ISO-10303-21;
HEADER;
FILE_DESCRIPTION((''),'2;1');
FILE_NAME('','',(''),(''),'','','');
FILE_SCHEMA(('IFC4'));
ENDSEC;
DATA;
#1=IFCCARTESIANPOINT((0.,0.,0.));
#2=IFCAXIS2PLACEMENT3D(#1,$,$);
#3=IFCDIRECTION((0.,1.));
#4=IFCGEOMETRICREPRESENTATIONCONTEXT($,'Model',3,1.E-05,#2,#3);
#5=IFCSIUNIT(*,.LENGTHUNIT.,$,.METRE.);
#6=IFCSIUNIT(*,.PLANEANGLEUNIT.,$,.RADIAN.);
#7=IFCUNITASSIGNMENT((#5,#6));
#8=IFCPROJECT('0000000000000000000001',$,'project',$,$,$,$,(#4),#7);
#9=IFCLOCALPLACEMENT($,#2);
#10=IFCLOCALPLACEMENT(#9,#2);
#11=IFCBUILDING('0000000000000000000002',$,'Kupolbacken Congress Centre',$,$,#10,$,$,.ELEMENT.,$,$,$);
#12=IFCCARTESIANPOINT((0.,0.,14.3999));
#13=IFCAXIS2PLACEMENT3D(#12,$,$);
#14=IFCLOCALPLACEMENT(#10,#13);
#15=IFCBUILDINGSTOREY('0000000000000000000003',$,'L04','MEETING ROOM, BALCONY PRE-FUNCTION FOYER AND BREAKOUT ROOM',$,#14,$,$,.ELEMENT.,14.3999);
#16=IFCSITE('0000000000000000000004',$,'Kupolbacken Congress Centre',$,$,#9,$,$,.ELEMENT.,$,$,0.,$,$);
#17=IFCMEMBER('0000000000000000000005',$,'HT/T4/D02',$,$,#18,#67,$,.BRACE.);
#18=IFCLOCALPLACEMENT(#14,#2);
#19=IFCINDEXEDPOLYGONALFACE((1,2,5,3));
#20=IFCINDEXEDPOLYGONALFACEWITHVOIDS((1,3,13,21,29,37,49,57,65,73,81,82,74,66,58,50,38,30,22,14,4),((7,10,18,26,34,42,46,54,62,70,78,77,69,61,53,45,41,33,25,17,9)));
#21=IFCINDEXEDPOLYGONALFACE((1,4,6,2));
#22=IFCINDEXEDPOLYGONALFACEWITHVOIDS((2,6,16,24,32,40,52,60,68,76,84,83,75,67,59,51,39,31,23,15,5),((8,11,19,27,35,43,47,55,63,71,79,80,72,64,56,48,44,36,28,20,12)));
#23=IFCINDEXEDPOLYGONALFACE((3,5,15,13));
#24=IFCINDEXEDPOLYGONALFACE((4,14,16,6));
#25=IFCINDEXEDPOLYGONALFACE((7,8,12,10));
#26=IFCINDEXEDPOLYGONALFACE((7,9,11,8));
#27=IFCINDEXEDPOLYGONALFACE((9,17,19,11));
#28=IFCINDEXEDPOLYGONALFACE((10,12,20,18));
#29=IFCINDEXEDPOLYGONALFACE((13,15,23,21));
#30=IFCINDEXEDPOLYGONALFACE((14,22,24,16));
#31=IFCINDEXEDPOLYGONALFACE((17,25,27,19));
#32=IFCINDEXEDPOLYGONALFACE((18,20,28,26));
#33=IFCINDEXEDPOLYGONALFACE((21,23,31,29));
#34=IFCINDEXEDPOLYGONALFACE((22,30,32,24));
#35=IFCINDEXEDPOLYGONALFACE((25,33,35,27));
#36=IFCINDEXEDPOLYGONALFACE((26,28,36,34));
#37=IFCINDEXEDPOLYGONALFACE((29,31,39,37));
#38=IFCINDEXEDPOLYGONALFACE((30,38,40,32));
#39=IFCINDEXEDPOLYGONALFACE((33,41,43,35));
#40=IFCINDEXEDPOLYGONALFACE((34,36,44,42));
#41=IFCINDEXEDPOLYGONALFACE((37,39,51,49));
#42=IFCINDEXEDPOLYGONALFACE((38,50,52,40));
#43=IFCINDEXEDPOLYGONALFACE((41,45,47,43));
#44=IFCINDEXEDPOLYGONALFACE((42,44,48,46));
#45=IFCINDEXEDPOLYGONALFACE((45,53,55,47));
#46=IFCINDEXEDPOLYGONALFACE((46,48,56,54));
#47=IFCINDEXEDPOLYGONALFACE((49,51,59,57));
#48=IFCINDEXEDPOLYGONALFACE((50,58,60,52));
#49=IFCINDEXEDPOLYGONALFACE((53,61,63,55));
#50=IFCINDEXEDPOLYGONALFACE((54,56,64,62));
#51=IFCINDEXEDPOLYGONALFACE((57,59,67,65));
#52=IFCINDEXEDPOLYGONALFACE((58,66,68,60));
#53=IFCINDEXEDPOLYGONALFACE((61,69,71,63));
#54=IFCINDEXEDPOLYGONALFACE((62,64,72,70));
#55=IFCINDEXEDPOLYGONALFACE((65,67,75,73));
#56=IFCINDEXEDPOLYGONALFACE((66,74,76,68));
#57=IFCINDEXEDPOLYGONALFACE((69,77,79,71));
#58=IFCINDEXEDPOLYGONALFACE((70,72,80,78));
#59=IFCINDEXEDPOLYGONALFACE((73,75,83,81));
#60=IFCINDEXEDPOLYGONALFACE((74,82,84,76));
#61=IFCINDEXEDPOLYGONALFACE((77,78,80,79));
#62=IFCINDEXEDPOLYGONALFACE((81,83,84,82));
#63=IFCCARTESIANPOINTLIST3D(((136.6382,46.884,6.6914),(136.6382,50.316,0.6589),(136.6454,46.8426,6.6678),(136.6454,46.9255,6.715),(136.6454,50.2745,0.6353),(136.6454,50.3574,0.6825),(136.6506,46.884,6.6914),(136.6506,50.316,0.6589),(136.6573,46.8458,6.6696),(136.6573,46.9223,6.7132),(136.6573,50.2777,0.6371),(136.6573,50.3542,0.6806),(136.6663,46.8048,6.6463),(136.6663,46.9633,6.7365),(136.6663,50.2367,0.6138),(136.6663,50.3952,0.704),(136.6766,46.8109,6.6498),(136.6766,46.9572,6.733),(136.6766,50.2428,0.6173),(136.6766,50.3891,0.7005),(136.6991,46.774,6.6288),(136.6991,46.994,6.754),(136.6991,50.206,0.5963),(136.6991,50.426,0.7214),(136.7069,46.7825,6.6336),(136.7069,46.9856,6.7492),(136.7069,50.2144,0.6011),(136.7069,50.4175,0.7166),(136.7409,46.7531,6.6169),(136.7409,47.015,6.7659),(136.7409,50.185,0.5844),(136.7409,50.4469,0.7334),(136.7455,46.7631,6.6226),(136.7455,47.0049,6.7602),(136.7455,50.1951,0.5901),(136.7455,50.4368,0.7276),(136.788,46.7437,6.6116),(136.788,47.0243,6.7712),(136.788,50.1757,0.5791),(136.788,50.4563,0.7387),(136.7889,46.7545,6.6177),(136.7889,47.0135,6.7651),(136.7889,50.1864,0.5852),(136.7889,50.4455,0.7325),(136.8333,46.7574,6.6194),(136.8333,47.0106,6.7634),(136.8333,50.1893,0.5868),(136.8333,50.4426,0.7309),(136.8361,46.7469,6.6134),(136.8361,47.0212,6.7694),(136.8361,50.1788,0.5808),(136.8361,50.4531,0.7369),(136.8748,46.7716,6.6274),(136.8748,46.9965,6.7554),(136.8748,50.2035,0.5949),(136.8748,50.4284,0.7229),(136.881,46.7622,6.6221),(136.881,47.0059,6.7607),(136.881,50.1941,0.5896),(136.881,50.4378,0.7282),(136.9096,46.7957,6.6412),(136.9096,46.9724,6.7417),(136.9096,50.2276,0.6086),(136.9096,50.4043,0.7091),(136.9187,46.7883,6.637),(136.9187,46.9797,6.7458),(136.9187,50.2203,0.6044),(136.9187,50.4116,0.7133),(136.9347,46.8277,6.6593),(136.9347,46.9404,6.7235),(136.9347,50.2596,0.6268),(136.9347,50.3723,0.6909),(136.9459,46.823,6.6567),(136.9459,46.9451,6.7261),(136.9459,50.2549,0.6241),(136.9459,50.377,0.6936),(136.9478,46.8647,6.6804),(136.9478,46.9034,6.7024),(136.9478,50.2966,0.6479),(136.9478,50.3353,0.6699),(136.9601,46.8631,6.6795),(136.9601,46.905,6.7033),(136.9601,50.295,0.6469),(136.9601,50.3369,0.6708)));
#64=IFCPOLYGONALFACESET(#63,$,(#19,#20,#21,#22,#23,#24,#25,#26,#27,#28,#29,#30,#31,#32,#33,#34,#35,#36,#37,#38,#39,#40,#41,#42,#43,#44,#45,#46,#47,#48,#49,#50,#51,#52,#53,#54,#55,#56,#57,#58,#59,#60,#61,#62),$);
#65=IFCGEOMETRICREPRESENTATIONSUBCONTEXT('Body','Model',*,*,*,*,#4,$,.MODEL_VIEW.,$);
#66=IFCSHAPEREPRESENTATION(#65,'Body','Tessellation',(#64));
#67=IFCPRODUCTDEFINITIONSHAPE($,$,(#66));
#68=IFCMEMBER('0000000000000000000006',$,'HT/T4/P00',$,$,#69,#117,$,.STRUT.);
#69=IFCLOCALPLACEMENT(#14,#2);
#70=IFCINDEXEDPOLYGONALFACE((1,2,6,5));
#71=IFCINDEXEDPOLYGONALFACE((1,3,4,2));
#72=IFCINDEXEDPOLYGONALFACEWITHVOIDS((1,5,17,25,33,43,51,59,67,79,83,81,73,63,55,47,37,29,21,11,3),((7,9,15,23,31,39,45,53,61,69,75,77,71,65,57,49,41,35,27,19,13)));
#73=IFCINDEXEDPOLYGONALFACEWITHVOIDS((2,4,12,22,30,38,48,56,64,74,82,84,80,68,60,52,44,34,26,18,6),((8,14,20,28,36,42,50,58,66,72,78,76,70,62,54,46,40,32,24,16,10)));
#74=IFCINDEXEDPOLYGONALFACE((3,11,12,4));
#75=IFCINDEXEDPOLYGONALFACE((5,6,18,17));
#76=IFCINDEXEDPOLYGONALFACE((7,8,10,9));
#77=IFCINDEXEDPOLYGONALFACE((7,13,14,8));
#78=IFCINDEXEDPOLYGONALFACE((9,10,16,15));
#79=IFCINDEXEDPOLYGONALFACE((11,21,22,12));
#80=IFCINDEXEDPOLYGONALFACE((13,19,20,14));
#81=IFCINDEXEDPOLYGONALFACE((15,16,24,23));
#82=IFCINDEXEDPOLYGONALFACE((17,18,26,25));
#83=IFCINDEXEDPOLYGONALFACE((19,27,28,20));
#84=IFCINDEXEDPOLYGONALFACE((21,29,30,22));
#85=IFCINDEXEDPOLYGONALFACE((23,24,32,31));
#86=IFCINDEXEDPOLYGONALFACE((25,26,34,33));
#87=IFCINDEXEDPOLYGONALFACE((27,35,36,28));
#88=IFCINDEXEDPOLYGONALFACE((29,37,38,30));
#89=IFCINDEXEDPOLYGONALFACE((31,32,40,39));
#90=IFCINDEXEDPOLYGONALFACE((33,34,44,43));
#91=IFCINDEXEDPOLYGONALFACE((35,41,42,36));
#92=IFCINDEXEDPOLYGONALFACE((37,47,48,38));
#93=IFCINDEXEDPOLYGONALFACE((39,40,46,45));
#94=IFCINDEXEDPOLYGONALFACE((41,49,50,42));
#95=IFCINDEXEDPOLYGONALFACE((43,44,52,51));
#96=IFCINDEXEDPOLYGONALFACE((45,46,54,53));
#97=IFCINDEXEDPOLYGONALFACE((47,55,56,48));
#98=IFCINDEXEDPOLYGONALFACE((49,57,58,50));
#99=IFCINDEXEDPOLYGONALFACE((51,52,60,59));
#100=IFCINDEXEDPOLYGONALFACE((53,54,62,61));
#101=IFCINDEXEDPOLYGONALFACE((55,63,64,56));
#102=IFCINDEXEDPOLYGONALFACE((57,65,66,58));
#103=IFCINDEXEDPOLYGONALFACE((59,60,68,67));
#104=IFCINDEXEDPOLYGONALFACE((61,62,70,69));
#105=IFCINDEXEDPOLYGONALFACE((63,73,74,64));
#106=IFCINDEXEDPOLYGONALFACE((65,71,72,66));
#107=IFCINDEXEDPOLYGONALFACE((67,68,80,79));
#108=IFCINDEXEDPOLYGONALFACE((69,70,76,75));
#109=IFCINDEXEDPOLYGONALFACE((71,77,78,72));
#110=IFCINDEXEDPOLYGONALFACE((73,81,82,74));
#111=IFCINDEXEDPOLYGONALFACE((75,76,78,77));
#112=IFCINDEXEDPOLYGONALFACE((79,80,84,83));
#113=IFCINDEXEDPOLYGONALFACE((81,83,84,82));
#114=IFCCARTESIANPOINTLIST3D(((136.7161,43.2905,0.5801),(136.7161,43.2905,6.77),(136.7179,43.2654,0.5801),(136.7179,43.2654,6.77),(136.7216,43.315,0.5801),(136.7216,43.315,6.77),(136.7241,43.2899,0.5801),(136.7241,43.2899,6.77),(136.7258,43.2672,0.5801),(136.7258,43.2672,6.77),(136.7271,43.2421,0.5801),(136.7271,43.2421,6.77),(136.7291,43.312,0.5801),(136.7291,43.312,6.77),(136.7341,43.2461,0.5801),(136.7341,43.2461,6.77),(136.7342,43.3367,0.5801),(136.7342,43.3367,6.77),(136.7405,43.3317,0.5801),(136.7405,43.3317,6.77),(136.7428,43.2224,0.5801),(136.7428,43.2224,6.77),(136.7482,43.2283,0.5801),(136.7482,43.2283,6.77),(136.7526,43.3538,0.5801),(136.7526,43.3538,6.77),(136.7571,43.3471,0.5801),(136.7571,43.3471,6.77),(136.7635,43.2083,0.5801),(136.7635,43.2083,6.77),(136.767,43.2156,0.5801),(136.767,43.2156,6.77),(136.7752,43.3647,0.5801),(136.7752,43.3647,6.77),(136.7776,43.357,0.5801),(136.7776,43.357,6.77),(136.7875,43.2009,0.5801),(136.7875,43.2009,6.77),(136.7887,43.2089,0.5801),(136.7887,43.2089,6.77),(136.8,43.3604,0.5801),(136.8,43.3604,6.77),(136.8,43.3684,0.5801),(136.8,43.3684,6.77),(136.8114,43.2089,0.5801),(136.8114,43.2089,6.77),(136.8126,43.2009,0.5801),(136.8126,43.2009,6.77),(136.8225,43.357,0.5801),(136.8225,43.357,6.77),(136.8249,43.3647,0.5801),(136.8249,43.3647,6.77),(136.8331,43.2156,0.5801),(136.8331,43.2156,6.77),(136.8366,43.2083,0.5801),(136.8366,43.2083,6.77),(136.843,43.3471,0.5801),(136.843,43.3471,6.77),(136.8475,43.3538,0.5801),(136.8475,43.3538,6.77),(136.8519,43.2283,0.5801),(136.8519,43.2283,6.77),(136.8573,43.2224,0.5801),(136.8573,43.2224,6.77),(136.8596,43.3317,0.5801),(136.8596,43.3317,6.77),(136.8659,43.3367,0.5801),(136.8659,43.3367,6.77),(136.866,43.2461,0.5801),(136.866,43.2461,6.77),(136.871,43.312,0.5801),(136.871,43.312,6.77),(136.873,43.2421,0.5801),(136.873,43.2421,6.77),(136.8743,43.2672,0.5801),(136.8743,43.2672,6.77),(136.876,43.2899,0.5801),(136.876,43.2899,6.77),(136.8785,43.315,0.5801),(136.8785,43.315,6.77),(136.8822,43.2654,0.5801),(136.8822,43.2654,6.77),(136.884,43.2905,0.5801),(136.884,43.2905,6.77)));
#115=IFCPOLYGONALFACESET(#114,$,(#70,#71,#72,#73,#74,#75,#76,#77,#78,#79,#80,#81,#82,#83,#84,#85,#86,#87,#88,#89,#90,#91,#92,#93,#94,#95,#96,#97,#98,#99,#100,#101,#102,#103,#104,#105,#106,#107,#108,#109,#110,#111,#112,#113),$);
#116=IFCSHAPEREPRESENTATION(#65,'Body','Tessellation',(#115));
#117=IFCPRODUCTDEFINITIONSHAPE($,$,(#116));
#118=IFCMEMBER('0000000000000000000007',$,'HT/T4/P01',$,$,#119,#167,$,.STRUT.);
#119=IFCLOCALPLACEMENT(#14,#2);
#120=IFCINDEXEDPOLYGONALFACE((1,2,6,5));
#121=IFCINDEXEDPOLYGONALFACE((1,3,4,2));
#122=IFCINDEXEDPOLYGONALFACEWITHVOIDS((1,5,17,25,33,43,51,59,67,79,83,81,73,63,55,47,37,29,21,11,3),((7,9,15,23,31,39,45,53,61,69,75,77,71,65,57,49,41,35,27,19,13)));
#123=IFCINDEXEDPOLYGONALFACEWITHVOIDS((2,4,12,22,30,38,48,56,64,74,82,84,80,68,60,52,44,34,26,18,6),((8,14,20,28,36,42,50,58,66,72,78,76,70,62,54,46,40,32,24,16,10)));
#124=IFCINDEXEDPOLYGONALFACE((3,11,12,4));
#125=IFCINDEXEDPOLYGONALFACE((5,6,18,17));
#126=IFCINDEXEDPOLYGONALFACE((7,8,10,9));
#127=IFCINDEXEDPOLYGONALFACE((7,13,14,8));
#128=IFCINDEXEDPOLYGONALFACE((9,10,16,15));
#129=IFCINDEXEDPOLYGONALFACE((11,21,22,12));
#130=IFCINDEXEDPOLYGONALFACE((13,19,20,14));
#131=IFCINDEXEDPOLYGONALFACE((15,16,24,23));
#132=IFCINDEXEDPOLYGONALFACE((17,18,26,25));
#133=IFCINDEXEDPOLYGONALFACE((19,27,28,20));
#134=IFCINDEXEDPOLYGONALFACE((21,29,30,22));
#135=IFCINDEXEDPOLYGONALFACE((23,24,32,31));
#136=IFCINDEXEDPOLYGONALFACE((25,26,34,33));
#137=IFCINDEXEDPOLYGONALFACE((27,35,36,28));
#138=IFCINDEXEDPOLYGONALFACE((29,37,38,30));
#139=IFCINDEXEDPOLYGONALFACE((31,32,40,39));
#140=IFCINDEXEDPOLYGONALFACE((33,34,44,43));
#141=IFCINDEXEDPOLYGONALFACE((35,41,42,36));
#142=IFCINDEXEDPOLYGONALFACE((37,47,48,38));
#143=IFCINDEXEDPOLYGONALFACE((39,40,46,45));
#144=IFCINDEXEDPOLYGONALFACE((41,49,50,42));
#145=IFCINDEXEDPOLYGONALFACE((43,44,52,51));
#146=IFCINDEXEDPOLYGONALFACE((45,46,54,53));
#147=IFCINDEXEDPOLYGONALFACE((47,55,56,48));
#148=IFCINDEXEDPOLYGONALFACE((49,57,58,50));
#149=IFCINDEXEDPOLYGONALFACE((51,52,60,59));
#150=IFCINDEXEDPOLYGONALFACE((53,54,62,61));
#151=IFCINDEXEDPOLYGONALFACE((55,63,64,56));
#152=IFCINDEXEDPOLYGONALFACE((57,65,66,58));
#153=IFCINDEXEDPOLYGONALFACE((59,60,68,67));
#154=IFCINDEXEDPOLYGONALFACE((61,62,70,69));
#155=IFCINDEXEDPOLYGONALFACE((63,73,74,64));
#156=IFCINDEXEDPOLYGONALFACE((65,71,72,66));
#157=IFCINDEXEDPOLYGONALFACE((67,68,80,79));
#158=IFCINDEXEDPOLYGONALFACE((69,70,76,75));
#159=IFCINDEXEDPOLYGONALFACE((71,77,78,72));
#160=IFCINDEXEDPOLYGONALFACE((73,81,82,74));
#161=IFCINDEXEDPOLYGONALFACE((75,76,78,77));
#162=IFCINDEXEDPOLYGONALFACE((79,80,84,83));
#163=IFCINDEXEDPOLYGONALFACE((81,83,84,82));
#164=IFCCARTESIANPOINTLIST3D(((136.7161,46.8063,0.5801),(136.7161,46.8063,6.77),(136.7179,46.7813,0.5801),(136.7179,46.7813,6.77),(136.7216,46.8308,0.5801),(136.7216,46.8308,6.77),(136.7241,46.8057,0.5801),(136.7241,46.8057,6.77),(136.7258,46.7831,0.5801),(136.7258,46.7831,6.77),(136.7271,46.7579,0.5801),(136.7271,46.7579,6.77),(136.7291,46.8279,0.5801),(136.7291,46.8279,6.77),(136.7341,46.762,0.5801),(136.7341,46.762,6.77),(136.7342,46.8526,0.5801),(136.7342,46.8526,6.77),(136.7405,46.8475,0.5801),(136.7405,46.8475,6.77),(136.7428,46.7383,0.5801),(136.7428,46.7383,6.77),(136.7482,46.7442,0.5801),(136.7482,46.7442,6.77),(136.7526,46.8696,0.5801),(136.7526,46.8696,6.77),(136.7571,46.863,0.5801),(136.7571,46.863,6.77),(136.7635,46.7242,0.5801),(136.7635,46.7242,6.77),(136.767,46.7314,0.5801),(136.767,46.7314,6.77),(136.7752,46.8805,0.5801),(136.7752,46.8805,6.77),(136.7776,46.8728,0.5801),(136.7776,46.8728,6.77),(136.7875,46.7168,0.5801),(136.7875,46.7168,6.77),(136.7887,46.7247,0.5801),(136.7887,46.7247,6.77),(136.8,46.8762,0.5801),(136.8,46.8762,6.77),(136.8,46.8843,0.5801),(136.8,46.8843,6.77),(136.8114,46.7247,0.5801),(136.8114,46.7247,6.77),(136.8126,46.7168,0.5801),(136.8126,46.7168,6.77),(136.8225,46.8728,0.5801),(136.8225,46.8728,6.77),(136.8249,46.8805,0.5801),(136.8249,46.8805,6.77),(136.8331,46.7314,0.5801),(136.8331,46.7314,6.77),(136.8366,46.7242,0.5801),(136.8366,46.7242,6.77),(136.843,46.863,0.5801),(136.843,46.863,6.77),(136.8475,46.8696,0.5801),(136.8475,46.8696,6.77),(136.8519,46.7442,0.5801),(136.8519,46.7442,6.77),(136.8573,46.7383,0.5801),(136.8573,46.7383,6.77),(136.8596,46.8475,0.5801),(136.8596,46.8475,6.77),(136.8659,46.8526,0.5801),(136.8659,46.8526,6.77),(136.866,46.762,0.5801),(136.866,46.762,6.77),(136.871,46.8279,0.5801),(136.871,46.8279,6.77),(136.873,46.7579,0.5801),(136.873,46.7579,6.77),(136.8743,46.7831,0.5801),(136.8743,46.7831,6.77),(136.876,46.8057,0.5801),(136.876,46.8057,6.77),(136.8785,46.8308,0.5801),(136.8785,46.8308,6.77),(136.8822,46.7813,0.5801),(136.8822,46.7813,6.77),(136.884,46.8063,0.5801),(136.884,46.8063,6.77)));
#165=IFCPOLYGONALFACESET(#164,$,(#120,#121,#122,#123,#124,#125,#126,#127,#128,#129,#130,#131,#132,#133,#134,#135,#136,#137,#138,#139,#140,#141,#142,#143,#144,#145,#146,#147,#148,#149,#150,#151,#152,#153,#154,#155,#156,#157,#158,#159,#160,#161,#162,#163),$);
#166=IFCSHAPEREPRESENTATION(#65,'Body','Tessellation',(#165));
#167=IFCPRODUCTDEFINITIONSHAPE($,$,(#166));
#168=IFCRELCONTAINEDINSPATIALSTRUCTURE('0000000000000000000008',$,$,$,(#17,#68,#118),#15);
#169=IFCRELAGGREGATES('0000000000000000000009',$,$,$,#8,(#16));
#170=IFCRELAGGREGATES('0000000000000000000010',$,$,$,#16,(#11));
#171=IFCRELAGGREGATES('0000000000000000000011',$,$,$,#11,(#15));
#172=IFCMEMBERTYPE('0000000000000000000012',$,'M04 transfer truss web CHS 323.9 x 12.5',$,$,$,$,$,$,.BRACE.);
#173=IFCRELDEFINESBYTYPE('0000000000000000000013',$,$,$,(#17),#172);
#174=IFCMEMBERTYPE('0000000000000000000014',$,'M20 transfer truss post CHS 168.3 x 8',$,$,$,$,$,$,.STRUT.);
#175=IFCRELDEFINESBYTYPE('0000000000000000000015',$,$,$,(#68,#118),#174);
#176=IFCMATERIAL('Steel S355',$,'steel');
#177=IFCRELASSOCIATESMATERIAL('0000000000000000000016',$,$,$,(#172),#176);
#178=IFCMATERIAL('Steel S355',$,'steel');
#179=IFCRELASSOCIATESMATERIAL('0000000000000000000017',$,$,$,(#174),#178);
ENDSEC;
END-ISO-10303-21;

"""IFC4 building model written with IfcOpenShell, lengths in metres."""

from ifc_helpers import new_model, si_unit, direction, frame, origin, origin_2d, place, context, subcontext, project, spatial, hollow_circle, extrude, material, material_profile, profile_set, type_object, element, save


model = new_model("IFC4")

# Units and contexts
model_context = context("Model", 3, precision=1e-05, world=origin(), true_north=direction((0.0, 1.0)))
body_context = subcontext(model_context, "Body", "Model", "MODEL_VIEW")
ifc_project = project(units=[si_unit("LENGTHUNIT", "METRE"), si_unit("PLANEANGLEUNIT", "RADIAN")], contexts=[model_context])

# Site, building, storey
site_placement = place(None, origin())
site = spatial("IfcSite", under=ifc_project, at=site_placement, Name="Kupolbacken Congress Centre", CompositionType="ELEMENT", RefElevation=0.0)
building_placement = place(site_placement, origin())
building = spatial("IfcBuilding", under=site, at=building_placement, Name="Kupolbacken Congress Centre", CompositionType="ELEMENT")
storey_placement = place(building_placement, frame((0.0, 0.0, 14.3999)))
storey = spatial("IfcBuildingStorey", under=building, at=storey_placement, Name="L04", Description="MEETING ROOM, BALCONY PRE-FUNCTION FOYER AND BREAKOUT ROOM", CompositionType="ELEMENT", Elevation=14.3999)

# Members
ifc_material_1 = material(Name="Steel S355", Category="steel")
ifc_material_profile_1 = material_profile(ifc_material_1, hollow_circle(Radius=0.1619, WallThickness=0.0125, at=origin_2d()), Name="CHS 323.9 x 12.5")
ifc_profile_set_1 = profile_set([ifc_material_profile_1], Name="Steel S355")
member_type_1 = type_object("IfcMemberType", Name="M04 transfer truss web CHS 323.9 x 12.5", PredefinedType="BRACE", material=ifc_profile_set_1)
member_1_placement = place(storey_placement, frame((136.8, 46.884, 6.6914), z_axis=(0.0, 0.494483, -0.869188), x_axis=(-1.0, 0.0, 0.0)))
element("IfcMember", 1, at=member_1_placement, inside=storey, type_object=member_type_1, Name="HT/T4/D02", PredefinedType="BRACE", context=body_context, shape_type="SweptSolid", body=[
    extrude(hollow_circle(Radius=0.1619, WallThickness=0.0125, at=origin_2d()), origin(), (0.0, 0.0, 1.0), 6.9404),
])
ifc_material_2 = material(Name="Steel S355", Category="steel")
ifc_material_profile_2 = material_profile(ifc_material_2, hollow_circle(Radius=0.0842, WallThickness=0.0081, at=origin_2d()), Name="CHS 168.3 x 8")
ifc_profile_set_2 = profile_set([ifc_material_profile_2], Name="Steel S355")
member_type_2 = type_object("IfcMemberType", Name="M20 transfer truss post CHS 168.3 x 8", PredefinedType="STRUT", material=ifc_profile_set_2)
for number, where, z_axis, x_axis, name in (
    (2, (136.8, 43.2842, 0.5801), (0.0, 0.0, 1.0), (0.0, 1.0, 0.0), "HT/T4/P00"),
    (3, (136.8, 46.8, 0.5801), (0.0, 0.0, 1.0), (0.0, 1.0, 0.0), "HT/T4/P01"),
):
    element("IfcMember", number, at=place(storey_placement, frame(where, z_axis=z_axis, x_axis=x_axis)), inside=storey, type_object=member_type_2, Name=name, PredefinedType="STRUT", context=body_context, shape_type="SweptSolid", body=[
        extrude(hollow_circle(Radius=0.0842, WallThickness=0.0081, at=origin_2d()), origin(), (0.0, 0.0, 1.0), 6.1899),
    ])

save(model, "model.ifc")
